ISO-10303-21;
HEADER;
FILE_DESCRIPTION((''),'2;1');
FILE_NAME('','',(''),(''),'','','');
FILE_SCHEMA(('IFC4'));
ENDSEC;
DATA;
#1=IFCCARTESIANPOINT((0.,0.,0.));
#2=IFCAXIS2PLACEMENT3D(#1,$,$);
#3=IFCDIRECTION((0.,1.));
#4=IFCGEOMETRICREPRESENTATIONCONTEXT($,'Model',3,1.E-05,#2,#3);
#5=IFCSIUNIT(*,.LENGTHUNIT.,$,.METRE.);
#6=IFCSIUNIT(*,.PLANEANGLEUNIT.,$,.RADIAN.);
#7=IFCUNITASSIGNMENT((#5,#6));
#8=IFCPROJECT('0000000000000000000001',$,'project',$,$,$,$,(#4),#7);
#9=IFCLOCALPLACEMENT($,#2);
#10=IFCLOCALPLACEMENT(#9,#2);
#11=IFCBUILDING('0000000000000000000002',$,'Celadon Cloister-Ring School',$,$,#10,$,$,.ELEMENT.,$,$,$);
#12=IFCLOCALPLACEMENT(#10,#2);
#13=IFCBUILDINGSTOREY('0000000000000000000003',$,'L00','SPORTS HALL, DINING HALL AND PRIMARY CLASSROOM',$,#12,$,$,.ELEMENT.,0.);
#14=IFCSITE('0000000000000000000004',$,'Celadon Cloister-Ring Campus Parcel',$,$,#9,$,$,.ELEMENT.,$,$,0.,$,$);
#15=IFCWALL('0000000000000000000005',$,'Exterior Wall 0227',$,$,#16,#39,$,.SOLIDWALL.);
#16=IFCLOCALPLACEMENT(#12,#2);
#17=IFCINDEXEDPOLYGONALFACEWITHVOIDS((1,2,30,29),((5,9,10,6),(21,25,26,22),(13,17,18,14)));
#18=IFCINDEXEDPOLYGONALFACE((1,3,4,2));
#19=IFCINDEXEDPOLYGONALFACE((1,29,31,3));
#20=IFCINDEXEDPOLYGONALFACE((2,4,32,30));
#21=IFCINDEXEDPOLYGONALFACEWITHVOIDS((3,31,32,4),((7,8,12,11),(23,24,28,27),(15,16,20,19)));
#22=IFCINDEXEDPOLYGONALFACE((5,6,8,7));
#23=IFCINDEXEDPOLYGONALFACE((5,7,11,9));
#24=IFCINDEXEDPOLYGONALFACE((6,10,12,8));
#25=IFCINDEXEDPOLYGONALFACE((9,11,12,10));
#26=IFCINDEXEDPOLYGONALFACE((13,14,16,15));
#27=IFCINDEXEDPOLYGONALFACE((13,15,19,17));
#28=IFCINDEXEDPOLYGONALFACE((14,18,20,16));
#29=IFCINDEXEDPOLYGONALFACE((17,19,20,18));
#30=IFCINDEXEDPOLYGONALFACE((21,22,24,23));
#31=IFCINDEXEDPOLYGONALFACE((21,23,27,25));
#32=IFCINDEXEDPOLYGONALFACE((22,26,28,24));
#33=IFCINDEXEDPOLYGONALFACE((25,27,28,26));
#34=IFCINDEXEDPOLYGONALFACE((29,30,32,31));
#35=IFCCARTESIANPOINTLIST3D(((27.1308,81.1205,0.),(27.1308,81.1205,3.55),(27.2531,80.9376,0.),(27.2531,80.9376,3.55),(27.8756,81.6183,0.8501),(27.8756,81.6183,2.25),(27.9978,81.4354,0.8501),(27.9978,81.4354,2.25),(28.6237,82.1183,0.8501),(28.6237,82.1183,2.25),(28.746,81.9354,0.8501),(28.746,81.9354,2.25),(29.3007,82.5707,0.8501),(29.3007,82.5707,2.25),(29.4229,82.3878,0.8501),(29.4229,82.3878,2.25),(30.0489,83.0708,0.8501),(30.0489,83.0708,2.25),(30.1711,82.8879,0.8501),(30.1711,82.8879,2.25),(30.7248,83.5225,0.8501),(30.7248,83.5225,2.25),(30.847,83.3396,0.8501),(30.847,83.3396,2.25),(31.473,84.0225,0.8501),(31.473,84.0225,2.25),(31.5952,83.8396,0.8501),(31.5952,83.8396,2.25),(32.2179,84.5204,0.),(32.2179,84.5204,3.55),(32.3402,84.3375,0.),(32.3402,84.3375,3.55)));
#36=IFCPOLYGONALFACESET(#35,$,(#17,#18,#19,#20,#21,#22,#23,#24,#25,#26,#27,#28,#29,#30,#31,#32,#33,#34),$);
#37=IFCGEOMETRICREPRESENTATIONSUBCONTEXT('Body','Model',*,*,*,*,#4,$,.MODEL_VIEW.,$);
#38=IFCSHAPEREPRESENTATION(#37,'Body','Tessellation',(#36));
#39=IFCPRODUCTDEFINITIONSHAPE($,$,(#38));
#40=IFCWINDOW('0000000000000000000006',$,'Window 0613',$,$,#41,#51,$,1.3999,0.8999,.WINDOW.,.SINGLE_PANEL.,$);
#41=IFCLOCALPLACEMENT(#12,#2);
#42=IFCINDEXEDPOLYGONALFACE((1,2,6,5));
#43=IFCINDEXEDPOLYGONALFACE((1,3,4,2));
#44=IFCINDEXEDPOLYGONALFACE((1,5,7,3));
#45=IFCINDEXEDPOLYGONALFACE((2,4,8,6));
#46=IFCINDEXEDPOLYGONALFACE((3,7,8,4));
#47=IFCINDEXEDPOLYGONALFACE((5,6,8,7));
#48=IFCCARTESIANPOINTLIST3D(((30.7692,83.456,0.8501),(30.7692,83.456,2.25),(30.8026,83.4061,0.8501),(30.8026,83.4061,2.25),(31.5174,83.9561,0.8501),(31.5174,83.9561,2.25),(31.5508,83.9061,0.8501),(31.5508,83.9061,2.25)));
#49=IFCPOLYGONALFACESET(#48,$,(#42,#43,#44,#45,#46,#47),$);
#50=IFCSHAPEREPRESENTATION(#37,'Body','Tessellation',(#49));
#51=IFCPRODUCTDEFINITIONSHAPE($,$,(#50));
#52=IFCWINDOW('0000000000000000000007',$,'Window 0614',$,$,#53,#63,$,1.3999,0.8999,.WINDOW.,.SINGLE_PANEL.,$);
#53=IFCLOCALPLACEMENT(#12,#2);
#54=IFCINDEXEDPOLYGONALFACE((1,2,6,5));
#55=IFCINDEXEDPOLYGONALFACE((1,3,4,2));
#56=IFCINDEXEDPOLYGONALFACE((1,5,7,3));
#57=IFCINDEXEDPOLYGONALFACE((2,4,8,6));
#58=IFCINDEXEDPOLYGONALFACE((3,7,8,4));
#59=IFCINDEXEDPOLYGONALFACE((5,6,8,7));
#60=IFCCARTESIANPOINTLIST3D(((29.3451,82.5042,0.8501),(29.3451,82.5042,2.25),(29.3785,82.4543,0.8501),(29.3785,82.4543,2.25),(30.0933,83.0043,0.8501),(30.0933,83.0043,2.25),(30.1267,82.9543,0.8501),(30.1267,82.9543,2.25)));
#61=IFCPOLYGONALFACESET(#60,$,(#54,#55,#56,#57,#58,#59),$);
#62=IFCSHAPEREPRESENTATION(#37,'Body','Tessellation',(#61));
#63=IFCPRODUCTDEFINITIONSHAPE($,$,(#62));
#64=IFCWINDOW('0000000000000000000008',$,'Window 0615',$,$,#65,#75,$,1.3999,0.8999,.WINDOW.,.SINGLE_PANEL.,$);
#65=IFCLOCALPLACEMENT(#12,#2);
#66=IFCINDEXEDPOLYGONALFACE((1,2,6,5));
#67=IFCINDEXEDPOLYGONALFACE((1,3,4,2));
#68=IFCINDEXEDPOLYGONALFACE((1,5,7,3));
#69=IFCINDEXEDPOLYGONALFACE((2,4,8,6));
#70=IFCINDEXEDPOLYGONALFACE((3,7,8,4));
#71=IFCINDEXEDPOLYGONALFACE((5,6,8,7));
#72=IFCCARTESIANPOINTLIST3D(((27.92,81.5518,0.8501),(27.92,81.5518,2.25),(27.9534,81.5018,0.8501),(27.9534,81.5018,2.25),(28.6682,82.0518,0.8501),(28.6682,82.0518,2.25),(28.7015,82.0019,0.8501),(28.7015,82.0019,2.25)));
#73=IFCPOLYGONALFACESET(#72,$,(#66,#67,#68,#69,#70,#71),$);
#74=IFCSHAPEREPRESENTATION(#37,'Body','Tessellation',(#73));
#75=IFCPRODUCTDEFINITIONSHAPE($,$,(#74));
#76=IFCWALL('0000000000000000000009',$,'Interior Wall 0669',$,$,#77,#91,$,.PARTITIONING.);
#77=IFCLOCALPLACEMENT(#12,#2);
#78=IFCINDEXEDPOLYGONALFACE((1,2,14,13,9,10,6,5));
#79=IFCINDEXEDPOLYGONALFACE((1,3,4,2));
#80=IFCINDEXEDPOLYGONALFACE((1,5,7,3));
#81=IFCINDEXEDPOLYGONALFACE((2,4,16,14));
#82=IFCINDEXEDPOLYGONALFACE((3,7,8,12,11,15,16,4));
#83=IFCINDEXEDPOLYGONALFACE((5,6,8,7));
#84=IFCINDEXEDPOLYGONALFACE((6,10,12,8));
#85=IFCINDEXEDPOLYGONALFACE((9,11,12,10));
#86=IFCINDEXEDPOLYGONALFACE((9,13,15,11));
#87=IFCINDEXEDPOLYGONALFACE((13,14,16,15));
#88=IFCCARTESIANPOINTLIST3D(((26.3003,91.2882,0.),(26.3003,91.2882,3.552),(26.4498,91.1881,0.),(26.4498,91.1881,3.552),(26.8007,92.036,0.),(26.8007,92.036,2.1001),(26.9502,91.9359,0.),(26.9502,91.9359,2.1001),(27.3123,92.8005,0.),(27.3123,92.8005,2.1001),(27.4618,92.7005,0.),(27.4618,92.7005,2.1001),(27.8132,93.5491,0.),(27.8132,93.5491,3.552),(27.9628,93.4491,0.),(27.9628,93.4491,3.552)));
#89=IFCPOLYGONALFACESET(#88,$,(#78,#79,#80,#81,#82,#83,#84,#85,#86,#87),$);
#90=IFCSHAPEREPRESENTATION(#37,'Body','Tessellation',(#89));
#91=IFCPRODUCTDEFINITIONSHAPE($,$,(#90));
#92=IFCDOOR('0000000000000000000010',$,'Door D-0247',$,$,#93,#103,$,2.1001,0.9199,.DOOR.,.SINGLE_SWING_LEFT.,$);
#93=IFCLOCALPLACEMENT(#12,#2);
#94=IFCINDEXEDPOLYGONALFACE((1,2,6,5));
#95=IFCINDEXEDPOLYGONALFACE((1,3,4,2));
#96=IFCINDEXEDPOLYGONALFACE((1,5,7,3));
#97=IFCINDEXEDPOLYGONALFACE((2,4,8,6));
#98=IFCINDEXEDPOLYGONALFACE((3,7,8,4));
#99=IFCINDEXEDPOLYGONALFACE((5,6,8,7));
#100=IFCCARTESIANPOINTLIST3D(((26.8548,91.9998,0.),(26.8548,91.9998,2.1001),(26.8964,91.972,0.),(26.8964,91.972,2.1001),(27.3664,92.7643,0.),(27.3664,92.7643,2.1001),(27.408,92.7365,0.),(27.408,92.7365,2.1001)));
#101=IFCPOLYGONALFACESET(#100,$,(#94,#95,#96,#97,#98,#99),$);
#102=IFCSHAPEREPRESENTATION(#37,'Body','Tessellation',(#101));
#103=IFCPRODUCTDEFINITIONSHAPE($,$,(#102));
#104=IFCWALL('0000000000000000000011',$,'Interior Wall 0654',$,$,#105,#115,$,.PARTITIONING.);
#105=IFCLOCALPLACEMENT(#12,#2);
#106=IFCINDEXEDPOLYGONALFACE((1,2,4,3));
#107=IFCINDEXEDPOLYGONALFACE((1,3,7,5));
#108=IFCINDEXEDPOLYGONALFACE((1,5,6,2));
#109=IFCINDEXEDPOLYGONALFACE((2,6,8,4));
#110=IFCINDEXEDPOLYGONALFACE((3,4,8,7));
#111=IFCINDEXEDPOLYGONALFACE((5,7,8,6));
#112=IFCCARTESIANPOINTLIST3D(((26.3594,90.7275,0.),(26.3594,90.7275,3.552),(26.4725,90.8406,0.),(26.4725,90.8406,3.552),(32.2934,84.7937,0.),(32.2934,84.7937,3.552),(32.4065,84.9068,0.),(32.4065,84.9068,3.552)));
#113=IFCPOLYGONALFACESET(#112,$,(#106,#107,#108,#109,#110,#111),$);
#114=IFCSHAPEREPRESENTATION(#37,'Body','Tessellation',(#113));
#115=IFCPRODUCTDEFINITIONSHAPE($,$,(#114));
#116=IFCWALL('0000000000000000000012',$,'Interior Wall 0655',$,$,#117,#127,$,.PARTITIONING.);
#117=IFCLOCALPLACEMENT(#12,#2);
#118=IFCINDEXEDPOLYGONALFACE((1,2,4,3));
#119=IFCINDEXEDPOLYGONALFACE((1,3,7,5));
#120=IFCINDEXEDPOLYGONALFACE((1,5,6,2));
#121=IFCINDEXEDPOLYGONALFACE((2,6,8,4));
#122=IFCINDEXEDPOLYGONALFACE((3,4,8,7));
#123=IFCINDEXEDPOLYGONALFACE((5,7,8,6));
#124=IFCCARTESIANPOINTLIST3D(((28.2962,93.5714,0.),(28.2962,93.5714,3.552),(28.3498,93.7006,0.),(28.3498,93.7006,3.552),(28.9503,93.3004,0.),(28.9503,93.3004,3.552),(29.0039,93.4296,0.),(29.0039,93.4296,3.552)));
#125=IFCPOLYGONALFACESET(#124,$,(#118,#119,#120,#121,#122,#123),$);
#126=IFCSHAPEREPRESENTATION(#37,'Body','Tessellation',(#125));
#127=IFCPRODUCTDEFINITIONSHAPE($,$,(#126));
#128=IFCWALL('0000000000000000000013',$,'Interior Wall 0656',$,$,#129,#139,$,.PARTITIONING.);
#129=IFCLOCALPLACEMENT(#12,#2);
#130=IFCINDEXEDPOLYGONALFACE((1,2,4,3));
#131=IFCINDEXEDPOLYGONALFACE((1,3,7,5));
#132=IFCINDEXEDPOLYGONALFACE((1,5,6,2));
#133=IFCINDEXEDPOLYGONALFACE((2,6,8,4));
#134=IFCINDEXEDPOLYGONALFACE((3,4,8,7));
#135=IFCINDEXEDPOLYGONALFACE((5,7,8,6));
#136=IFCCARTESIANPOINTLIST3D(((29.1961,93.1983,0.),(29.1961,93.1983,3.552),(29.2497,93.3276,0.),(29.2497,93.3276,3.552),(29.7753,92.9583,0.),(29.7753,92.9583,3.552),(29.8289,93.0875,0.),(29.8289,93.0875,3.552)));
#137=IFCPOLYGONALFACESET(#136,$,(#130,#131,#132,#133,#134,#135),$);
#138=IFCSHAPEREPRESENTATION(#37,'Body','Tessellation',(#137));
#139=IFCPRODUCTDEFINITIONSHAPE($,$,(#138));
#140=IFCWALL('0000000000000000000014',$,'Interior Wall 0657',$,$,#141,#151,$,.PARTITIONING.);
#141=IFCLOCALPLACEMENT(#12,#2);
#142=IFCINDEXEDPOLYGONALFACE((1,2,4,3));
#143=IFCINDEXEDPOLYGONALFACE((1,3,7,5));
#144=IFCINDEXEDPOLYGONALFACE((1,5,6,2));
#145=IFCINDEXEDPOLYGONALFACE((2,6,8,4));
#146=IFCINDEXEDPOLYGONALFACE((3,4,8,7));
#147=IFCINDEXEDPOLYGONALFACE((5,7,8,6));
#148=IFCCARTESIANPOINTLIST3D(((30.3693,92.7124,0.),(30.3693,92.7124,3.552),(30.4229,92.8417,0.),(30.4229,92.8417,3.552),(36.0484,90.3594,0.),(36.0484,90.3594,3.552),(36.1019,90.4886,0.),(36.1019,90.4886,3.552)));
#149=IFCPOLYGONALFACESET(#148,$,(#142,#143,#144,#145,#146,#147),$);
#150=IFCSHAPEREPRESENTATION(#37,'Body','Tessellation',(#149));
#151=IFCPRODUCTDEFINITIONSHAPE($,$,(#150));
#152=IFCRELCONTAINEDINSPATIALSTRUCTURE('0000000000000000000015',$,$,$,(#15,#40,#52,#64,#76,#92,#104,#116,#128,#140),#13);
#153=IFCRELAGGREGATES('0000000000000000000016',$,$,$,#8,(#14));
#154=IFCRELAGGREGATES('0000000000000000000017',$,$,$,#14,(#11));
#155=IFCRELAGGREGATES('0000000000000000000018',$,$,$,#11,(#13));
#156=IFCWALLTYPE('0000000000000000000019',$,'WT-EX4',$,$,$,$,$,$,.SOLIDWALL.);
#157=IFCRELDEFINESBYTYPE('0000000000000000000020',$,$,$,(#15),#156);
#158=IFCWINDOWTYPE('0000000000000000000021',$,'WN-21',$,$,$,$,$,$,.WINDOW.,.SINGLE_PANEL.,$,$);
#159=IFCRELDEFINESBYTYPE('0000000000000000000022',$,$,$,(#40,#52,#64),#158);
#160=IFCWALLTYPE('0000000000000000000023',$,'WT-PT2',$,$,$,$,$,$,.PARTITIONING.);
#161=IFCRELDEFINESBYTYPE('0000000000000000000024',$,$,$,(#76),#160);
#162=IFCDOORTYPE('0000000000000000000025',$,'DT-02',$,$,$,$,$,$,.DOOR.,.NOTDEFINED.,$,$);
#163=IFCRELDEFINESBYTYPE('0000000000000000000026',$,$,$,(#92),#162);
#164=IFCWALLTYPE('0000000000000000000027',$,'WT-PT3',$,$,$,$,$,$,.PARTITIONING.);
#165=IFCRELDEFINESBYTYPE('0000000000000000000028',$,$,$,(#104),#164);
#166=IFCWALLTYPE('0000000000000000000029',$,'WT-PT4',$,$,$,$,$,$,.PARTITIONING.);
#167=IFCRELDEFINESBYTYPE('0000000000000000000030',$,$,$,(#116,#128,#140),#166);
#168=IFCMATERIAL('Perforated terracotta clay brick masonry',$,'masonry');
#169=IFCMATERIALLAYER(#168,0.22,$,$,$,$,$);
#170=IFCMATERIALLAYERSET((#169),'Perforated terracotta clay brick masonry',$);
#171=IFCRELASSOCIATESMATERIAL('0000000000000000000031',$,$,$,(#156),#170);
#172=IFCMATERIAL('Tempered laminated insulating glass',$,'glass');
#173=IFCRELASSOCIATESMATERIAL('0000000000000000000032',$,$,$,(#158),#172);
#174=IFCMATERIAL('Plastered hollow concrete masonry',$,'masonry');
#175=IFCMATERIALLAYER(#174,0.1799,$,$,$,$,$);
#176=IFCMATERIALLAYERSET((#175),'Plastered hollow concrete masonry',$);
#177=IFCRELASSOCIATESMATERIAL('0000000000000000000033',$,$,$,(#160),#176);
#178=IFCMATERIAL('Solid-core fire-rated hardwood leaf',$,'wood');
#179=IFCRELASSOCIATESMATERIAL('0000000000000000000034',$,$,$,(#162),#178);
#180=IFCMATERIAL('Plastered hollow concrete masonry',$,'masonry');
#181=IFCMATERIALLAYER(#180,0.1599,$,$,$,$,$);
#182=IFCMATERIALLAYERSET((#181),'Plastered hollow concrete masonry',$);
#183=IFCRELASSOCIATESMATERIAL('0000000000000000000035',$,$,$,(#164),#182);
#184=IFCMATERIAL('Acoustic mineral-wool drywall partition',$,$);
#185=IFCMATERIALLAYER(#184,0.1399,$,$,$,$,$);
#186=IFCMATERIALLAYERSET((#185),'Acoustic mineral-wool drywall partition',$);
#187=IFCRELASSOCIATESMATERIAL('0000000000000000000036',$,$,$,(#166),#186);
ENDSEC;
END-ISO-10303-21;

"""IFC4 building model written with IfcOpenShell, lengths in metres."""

from ifc_helpers import new_model, si_unit, direction, frame, frame_2d, origin, place, context, subcontext, project, spatial, rectangle, extrude, material, layer, layer_set, type_object, element, fill, save


model = new_model("IFC4")

# Units and contexts
model_context = context("Model", 3, precision=1e-05, world=origin(), true_north=direction((0.0, 1.0)))
body_context = subcontext(model_context, "Body", "Model", "MODEL_VIEW")
ifc_project = project(units=[si_unit("LENGTHUNIT", "METRE"), si_unit("PLANEANGLEUNIT", "RADIAN")], contexts=[model_context])

# Site, building, storey
site_placement = place(None, origin())
site = spatial("IfcSite", under=ifc_project, at=site_placement, Name="Celadon Cloister-Ring Campus Parcel", CompositionType="ELEMENT", RefElevation=0.0)
building_placement = place(site_placement, origin())
building = spatial("IfcBuilding", under=site, at=building_placement, Name="Celadon Cloister-Ring School", CompositionType="ELEMENT")
storey_placement = place(building_placement, origin())
storey = spatial("IfcBuildingStorey", under=building, at=storey_placement, Name="L00", Description="SPORTS HALL, DINING HALL AND PRIMARY CLASSROOM", CompositionType="ELEMENT", Elevation=0.0)

# Wall, openings, windows
ifc_material_1 = material(Name="Perforated terracotta clay brick masonry", Category="masonry")
ifc_layer_1 = layer(ifc_material_1, 0.22)
ifc_layer_set_1 = layer_set([ifc_layer_1], Name="Perforated terracotta clay brick masonry")
wall_type_1 = type_object("IfcWallType", Name="WT-EX4", PredefinedType="SOLIDWALL", material=ifc_layer_set_1)
wall_1_placement = place(storey_placement, frame((32.2791, 84.429, 0.0), z_axis=(0.0, 0.0, 1.0), x_axis=(-0.831411, -0.555657, 0.0)))
wall_1 = element("IfcWall", 1, at=wall_1_placement, inside=storey, type_object=wall_type_1, Name="Exterior Wall 0227", PredefinedType="SOLIDWALL", context=body_context, shape_type="SweptSolid", body=[
    extrude(rectangle(XDim=6.1187, YDim=0.22, at=frame_2d((3.0593, 0.0))), origin(), (0.0, 0.0, 1.0), 3.55),
])
opening_1_placement = place(wall_1_placement, frame((0.896, 0.0, 0.8501)))
opening_1 = element("IfcOpeningElement", 2, at=opening_1_placement, cuts=wall_1, PredefinedType="OPENING", context=body_context, shape_type="SweptSolid", body=[
    extrude(rectangle(XDim=0.8999, YDim=1.3999, at=frame_2d((0.45, 0.7))), frame((0.0, 0.1201, 0.0), z_axis=(0.0, -1.0, 0.0), x_axis=(1.0, 0.0, 0.0)), (0.0, 0.0, 1.0), 0.24),
])
opening_2_placement = place(wall_1_placement, frame((2.6089, 0.0, 0.8501)))
opening_2 = element("IfcOpeningElement", 3, at=opening_2_placement, cuts=wall_1, PredefinedType="OPENING", context=body_context, shape_type="SweptSolid", body=[
    extrude(rectangle(XDim=0.8999, YDim=1.3999, at=frame_2d((0.45, 0.7))), frame((0.0, 0.1201, 0.0), z_axis=(0.0, -1.0, 0.0), x_axis=(1.0, 0.0, 0.0)), (0.0, 0.0, 1.0), 0.24),
])
opening_3_placement = place(wall_1_placement, frame((4.323, 0.0, 0.8501)))
opening_3 = element("IfcOpeningElement", 4, at=opening_3_placement, cuts=wall_1, PredefinedType="OPENING", context=body_context, shape_type="SweptSolid", body=[
    extrude(rectangle(XDim=0.8999, YDim=1.3999, at=frame_2d((0.45, 0.7))), frame((0.0, 0.1201, 0.0), z_axis=(0.0, -1.0, 0.0), x_axis=(1.0, 0.0, 0.0)), (0.0, 0.0, 1.0), 0.24),
])
ifc_material_2 = material(Name="Tempered laminated insulating glass", Category="glass")
window_type = type_object("IfcWindowType", Name="WN-21", PartitioningType="SINGLE_PANEL", PredefinedType="WINDOW", material=ifc_material_2)
window_1_placement = place(opening_1_placement, origin())
window_1 = element("IfcWindow", 5, at=window_1_placement, inside=storey, type_object=window_type, Name="Window 0613", OverallHeight=1.3999, OverallWidth=0.8999, PartitioningType="SINGLE_PANEL", PredefinedType="WINDOW", context=body_context, shape_type="SweptSolid", body=[
    extrude(rectangle(XDim=0.8999, YDim=1.3999, at=frame_2d((0.45, 0.7))), frame((0.0, 0.03, 0.0), z_axis=(0.0, -1.0, 0.0), x_axis=(1.0, 0.0, 0.0)), (0.0, 0.0, 1.0), 0.0601),
])
fill(opening_1, window_1)
window_2_placement = place(opening_2_placement, origin())
window_2 = element("IfcWindow", 6, at=window_2_placement, inside=storey, type_object=window_type, Name="Window 0614", OverallHeight=1.3999, OverallWidth=0.8999, PartitioningType="SINGLE_PANEL", PredefinedType="WINDOW", context=body_context, shape_type="SweptSolid", body=[
    extrude(rectangle(XDim=0.8999, YDim=1.3999, at=frame_2d((0.45, 0.7))), frame((0.0, 0.03, 0.0), z_axis=(0.0, -1.0, 0.0), x_axis=(1.0, 0.0, 0.0)), (0.0, 0.0, 1.0), 0.0601),
])
fill(opening_2, window_2)
window_3_placement = place(opening_3_placement, origin())
window_3 = element("IfcWindow", 7, at=window_3_placement, inside=storey, type_object=window_type, Name="Window 0615", OverallHeight=1.3999, OverallWidth=0.8999, PartitioningType="SINGLE_PANEL", PredefinedType="WINDOW", context=body_context, shape_type="SweptSolid", body=[
    extrude(rectangle(XDim=0.8999, YDim=1.3999, at=frame_2d((0.45, 0.7))), frame((0.0, 0.03, 0.0), z_axis=(0.0, -1.0, 0.0), x_axis=(1.0, 0.0, 0.0)), (0.0, 0.0, 1.0), 0.0601),
])
fill(opening_3, window_3)

# Wall, opening, door
ifc_material_3 = material(Name="Plastered hollow concrete masonry", Category="masonry")
ifc_layer_2 = layer(ifc_material_3, 0.1799)
ifc_layer_set_2 = layer_set([ifc_layer_2], Name="Plastered hollow concrete masonry")
wall_type_2 = type_object("IfcWallType", Name="WT-PT2", PredefinedType="PARTITIONING", material=ifc_layer_set_2)
wall_2_placement = place(storey_placement, frame((26.375, 91.238, 0.0), z_axis=(0.0, 0.0, 1.0), x_axis=(0.556128, 0.831096, 0.0)))
wall_2 = element("IfcWall", 8, at=wall_2_placement, inside=storey, type_object=wall_type_2, Name="Interior Wall 0669", PredefinedType="PARTITIONING", context=body_context, shape_type="SweptSolid", body=[
    extrude(rectangle(XDim=2.7205, YDim=0.1799, at=frame_2d((1.3604, 0.0))), origin(), (0.0, 0.0, 1.0), 3.552),
])
opening_4_placement = place(wall_2_placement, frame((0.8999, 0.0, 0.0)))
opening_4 = element("IfcOpeningElement", 9, at=opening_4_placement, cuts=wall_2, PredefinedType="OPENING", context=body_context, shape_type="SweptSolid", body=[
    extrude(rectangle(XDim=0.9199, YDim=2.1001, at=frame_2d((0.46, 1.05))), frame((0.0, 0.1001, 0.0), z_axis=(0.0, -1.0, 0.0), x_axis=(1.0, 0.0, 0.0)), (0.0, 0.0, 1.0), 0.2),
])
ifc_material_4 = material(Name="Solid-core fire-rated hardwood leaf", Category="wood")
door_type_1 = type_object("IfcDoorType", Name="DT-02", OperationType="NOTDEFINED", PredefinedType="DOOR", material=ifc_material_4)
door_1_placement = place(opening_4_placement, origin())
door_1 = element("IfcDoor", 10, at=door_1_placement, inside=storey, type_object=door_type_1, Name="Door D-0247", OperationType="SINGLE_SWING_LEFT", OverallHeight=2.1001, OverallWidth=0.9199, PredefinedType="DOOR", context=body_context, shape_type="SweptSolid", body=[
    extrude(rectangle(XDim=0.9199, YDim=2.1001, at=frame_2d((0.46, 1.05))), frame((0.0, 0.0249, 0.0), z_axis=(0.0, -1.0, 0.0), x_axis=(1.0, 0.0, 0.0)), (0.0, 0.0, 1.0), 0.05),
])
fill(opening_4, door_1)

# Walls
ifc_material_5 = material(Name="Plastered hollow concrete masonry", Category="masonry")
ifc_layer_3 = layer(ifc_material_5, 0.1599)
ifc_layer_set_3 = layer_set([ifc_layer_3], Name="Plastered hollow concrete masonry")
wall_type_3 = type_object("IfcWallType", Name="WT-PT3", PredefinedType="PARTITIONING", material=ifc_layer_set_3)
wall_3_placement = place(storey_placement, frame((26.416, 90.7839, 0.0), z_axis=(0.0, 0.0, 1.0), x_axis=(0.707121, -0.707092, 0.0)))
element("IfcWall", 11, at=wall_3_placement, inside=storey, type_object=wall_type_3, Name="Interior Wall 0654", PredefinedType="PARTITIONING", context=body_context, shape_type="SweptSolid", body=[
    extrude(rectangle(XDim=8.3918, YDim=0.1599, at=frame_2d((4.1958, 0.0))), origin(), (0.0, 0.0, 1.0), 3.552),
])
ifc_material_6 = material(Name="Acoustic mineral-wool drywall partition")
ifc_layer_4 = layer(ifc_material_6, 0.1399)
ifc_layer_set_4 = layer_set([ifc_layer_4], Name="Acoustic mineral-wool drywall partition")
wall_type_4 = type_object("IfcWallType", Name="WT-PT4", PredefinedType="PARTITIONING", material=ifc_layer_set_4)
wall_4_placement = place(storey_placement, frame((28.323, 93.636, 0.0), z_axis=(0.0, 0.0, 1.0), x_axis=(0.92384, -0.382778, 0.0)))
element("IfcWall", 12, at=wall_4_placement, inside=storey, type_object=wall_type_4, Name="Interior Wall 0655", PredefinedType="PARTITIONING", context=body_context, shape_type="SweptSolid", body=[
    extrude(rectangle(XDim=0.708, YDim=0.1399, at=frame_2d((0.354, 0.0))), origin(), (0.0, 0.0, 1.0), 3.552),
])
wall_5_placement = place(storey_placement, frame((29.2229, 93.2629, 0.0), z_axis=(0.0, 0.0, 1.0), x_axis=(0.923813, -0.382845, 0.0)))
element("IfcWall", 13, at=wall_5_placement, inside=storey, type_object=wall_type_4, Name="Interior Wall 0656", PredefinedType="PARTITIONING", context=body_context, shape_type="SweptSolid", body=[
    extrude(rectangle(XDim=0.627, YDim=0.1399, at=frame_2d((0.3135, 0.0))), origin(), (0.0, 0.0, 1.0), 3.552),
])
wall_6_placement = place(storey_placement, frame((30.396, 92.7771, 0.0), z_axis=(0.0, 0.0, 1.0), x_axis=(0.923838, -0.382784, 0.0)))
element("IfcWall", 14, at=wall_6_placement, inside=storey, type_object=wall_type_4, Name="Interior Wall 0657", PredefinedType="PARTITIONING", context=body_context, shape_type="SweptSolid", body=[
    extrude(rectangle(XDim=6.1472, YDim=0.1399, at=frame_2d((3.0737, 0.0))), origin(), (0.0, 0.0, 1.0), 3.552),
])

save(model, "model.ifc")
